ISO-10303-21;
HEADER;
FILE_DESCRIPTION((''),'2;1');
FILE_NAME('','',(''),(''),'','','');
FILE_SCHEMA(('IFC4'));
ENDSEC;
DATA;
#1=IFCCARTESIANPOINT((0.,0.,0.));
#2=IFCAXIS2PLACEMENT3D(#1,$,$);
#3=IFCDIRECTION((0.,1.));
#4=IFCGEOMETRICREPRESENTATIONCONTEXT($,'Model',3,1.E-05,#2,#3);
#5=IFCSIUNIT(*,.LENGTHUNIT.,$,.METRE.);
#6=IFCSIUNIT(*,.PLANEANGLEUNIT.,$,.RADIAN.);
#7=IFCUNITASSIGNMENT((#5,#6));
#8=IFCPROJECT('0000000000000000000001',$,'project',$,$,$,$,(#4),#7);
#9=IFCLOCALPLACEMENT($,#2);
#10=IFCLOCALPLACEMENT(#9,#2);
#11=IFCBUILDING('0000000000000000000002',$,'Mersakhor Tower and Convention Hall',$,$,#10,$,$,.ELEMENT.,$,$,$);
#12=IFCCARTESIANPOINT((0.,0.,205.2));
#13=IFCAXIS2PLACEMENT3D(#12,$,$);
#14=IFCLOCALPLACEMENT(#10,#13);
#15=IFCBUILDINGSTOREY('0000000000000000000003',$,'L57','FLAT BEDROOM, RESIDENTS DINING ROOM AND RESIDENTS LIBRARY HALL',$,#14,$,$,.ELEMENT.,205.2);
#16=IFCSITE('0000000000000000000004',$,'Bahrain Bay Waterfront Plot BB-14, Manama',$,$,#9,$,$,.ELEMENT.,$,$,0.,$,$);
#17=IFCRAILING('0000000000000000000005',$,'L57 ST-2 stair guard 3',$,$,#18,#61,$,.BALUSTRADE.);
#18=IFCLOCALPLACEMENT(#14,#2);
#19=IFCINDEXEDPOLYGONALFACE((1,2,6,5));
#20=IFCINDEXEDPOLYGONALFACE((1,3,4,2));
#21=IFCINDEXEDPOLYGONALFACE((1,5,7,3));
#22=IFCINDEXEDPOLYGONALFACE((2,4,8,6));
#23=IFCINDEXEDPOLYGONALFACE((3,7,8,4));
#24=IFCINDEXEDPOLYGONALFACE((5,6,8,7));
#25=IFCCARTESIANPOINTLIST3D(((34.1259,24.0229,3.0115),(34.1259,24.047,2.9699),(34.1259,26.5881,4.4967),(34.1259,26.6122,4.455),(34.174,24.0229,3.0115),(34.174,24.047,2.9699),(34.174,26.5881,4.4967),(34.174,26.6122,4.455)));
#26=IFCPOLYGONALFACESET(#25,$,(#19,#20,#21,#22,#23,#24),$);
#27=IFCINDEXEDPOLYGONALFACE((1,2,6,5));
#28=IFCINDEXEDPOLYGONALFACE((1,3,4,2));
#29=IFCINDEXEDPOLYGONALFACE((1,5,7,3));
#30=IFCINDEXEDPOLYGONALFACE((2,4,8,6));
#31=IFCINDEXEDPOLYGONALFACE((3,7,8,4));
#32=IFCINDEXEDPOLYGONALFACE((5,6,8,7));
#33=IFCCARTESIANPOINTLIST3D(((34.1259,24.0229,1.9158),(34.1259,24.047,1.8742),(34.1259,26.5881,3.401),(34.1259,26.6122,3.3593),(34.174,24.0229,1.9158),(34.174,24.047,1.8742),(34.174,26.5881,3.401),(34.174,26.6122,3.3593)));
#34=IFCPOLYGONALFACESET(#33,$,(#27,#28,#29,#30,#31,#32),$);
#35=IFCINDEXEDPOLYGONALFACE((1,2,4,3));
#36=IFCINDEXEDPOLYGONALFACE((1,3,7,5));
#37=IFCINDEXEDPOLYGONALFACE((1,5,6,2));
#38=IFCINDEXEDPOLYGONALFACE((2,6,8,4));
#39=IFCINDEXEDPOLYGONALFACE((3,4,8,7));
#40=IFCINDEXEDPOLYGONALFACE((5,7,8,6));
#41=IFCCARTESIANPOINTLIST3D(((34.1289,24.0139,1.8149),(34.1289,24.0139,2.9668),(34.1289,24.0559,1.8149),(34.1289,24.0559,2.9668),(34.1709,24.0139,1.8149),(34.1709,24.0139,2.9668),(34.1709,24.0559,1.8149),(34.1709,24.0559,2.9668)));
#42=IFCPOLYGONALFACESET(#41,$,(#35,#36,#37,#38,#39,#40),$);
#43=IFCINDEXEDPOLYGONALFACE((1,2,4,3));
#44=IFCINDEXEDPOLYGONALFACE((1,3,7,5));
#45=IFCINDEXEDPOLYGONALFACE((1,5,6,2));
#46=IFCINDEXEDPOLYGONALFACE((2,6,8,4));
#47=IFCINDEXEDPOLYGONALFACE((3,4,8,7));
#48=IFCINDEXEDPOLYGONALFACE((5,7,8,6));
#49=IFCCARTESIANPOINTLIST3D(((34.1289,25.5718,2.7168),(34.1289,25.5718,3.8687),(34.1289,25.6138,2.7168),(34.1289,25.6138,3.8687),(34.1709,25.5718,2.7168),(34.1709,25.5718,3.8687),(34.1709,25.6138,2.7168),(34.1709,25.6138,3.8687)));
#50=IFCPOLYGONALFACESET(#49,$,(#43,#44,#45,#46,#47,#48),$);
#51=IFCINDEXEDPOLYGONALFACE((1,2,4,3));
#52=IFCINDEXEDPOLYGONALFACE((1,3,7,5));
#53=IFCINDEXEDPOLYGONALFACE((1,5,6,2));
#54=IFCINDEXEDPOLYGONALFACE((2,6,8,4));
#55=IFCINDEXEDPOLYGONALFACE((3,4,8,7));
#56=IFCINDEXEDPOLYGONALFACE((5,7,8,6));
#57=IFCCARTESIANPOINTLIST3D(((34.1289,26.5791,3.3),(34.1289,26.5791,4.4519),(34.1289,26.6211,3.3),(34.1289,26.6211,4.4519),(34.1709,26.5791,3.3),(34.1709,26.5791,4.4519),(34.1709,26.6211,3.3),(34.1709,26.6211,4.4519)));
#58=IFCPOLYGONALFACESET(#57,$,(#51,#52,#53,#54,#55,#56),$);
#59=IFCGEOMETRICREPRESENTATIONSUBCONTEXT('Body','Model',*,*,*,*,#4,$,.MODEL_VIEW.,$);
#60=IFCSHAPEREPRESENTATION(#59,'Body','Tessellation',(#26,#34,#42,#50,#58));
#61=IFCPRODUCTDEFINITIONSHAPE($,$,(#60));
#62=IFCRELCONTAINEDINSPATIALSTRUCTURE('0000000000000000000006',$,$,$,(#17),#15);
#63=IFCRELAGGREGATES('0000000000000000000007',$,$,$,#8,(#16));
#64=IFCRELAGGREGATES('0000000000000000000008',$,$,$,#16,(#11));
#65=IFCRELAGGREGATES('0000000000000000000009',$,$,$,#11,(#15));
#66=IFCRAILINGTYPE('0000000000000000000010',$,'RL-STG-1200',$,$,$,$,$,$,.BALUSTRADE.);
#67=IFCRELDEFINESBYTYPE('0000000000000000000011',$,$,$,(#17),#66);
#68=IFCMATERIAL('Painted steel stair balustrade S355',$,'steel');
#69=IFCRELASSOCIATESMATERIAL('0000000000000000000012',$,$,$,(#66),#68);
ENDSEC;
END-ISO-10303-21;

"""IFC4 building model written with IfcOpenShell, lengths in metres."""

from ifc_helpers import new_model, si_unit, direction, frame, origin, origin_2d, place, context, subcontext, project, spatial, rectangle, extrude, material, type_object, element, save


model = new_model("IFC4")

# Units and contexts
model_context = context("Model", 3, precision=1e-05, world=origin(), true_north=direction((0.0, 1.0)))
body_context = subcontext(model_context, "Body", "Model", "MODEL_VIEW")
ifc_project = project(units=[si_unit("LENGTHUNIT", "METRE"), si_unit("PLANEANGLEUNIT", "RADIAN")], contexts=[model_context])

# Site, building, storey
site_placement = place(None, origin())
site = spatial("IfcSite", under=ifc_project, at=site_placement, Name="Bahrain Bay Waterfront Plot BB-14, Manama", CompositionType="ELEMENT", RefElevation=0.0)
building_placement = place(site_placement, origin())
building = spatial("IfcBuilding", under=site, at=building_placement, Name="Mersakhor Tower and Convention Hall", CompositionType="ELEMENT")
storey_placement = place(building_placement, frame((0.0, 0.0, 205.2)))
storey = spatial("IfcBuildingStorey", under=building, at=storey_placement, Name="L57", Description="FLAT BEDROOM, RESIDENTS DINING ROOM AND RESIDENTS LIBRARY HALL", CompositionType="ELEMENT", Elevation=205.2)

# Railing
ifc_material_1 = material(Name="Painted steel stair balustrade S355", Category="steel")
railing_type_1 = type_object("IfcRailingType", Name="RL-STG-1200", PredefinedType="BALUSTRADE", material=ifc_material_1)
railing_1_placement = place(storey_placement, frame((34.1499, 24.0349, 1.8149)))
element("IfcRailing", 1, at=railing_1_placement, inside=storey, type_object=railing_type_1, Name="L57 ST-2 stair guard 3", PredefinedType="BALUSTRADE", context=body_context, shape_type="SweptSolid", body=[
    extrude(rectangle(XDim=0.0481, YDim=0.0481, at=origin_2d()), frame((0.0, 0.0, 1.1758), z_axis=(0.0, 0.865426, 0.501036), x_axis=(-1.0, 0.0, 0.0)), (0.0, 0.0, 1.0), 2.9641),
    extrude(rectangle(XDim=0.0481, YDim=0.0481, at=origin_2d()), frame((0.0, 0.0, 0.0801), z_axis=(0.0, 0.865426, 0.501036), x_axis=(-1.0, 0.0, 0.0)), (0.0, 0.0, 1.0), 2.9641),
    extrude(rectangle(XDim=0.042, YDim=0.042, at=origin_2d()), origin(), (0.0, 0.0, 1.0), 1.1519),
    extrude(rectangle(XDim=0.042, YDim=0.042, at=origin_2d()), frame((0.0, 1.5579, 0.9019)), (0.0, 0.0, 1.0), 1.1519),
    extrude(rectangle(XDim=0.042, YDim=0.042, at=origin_2d()), frame((0.0, 2.5652, 1.4851)), (0.0, 0.0, 1.0), 1.1519),
])

save(model, "model.ifc")
